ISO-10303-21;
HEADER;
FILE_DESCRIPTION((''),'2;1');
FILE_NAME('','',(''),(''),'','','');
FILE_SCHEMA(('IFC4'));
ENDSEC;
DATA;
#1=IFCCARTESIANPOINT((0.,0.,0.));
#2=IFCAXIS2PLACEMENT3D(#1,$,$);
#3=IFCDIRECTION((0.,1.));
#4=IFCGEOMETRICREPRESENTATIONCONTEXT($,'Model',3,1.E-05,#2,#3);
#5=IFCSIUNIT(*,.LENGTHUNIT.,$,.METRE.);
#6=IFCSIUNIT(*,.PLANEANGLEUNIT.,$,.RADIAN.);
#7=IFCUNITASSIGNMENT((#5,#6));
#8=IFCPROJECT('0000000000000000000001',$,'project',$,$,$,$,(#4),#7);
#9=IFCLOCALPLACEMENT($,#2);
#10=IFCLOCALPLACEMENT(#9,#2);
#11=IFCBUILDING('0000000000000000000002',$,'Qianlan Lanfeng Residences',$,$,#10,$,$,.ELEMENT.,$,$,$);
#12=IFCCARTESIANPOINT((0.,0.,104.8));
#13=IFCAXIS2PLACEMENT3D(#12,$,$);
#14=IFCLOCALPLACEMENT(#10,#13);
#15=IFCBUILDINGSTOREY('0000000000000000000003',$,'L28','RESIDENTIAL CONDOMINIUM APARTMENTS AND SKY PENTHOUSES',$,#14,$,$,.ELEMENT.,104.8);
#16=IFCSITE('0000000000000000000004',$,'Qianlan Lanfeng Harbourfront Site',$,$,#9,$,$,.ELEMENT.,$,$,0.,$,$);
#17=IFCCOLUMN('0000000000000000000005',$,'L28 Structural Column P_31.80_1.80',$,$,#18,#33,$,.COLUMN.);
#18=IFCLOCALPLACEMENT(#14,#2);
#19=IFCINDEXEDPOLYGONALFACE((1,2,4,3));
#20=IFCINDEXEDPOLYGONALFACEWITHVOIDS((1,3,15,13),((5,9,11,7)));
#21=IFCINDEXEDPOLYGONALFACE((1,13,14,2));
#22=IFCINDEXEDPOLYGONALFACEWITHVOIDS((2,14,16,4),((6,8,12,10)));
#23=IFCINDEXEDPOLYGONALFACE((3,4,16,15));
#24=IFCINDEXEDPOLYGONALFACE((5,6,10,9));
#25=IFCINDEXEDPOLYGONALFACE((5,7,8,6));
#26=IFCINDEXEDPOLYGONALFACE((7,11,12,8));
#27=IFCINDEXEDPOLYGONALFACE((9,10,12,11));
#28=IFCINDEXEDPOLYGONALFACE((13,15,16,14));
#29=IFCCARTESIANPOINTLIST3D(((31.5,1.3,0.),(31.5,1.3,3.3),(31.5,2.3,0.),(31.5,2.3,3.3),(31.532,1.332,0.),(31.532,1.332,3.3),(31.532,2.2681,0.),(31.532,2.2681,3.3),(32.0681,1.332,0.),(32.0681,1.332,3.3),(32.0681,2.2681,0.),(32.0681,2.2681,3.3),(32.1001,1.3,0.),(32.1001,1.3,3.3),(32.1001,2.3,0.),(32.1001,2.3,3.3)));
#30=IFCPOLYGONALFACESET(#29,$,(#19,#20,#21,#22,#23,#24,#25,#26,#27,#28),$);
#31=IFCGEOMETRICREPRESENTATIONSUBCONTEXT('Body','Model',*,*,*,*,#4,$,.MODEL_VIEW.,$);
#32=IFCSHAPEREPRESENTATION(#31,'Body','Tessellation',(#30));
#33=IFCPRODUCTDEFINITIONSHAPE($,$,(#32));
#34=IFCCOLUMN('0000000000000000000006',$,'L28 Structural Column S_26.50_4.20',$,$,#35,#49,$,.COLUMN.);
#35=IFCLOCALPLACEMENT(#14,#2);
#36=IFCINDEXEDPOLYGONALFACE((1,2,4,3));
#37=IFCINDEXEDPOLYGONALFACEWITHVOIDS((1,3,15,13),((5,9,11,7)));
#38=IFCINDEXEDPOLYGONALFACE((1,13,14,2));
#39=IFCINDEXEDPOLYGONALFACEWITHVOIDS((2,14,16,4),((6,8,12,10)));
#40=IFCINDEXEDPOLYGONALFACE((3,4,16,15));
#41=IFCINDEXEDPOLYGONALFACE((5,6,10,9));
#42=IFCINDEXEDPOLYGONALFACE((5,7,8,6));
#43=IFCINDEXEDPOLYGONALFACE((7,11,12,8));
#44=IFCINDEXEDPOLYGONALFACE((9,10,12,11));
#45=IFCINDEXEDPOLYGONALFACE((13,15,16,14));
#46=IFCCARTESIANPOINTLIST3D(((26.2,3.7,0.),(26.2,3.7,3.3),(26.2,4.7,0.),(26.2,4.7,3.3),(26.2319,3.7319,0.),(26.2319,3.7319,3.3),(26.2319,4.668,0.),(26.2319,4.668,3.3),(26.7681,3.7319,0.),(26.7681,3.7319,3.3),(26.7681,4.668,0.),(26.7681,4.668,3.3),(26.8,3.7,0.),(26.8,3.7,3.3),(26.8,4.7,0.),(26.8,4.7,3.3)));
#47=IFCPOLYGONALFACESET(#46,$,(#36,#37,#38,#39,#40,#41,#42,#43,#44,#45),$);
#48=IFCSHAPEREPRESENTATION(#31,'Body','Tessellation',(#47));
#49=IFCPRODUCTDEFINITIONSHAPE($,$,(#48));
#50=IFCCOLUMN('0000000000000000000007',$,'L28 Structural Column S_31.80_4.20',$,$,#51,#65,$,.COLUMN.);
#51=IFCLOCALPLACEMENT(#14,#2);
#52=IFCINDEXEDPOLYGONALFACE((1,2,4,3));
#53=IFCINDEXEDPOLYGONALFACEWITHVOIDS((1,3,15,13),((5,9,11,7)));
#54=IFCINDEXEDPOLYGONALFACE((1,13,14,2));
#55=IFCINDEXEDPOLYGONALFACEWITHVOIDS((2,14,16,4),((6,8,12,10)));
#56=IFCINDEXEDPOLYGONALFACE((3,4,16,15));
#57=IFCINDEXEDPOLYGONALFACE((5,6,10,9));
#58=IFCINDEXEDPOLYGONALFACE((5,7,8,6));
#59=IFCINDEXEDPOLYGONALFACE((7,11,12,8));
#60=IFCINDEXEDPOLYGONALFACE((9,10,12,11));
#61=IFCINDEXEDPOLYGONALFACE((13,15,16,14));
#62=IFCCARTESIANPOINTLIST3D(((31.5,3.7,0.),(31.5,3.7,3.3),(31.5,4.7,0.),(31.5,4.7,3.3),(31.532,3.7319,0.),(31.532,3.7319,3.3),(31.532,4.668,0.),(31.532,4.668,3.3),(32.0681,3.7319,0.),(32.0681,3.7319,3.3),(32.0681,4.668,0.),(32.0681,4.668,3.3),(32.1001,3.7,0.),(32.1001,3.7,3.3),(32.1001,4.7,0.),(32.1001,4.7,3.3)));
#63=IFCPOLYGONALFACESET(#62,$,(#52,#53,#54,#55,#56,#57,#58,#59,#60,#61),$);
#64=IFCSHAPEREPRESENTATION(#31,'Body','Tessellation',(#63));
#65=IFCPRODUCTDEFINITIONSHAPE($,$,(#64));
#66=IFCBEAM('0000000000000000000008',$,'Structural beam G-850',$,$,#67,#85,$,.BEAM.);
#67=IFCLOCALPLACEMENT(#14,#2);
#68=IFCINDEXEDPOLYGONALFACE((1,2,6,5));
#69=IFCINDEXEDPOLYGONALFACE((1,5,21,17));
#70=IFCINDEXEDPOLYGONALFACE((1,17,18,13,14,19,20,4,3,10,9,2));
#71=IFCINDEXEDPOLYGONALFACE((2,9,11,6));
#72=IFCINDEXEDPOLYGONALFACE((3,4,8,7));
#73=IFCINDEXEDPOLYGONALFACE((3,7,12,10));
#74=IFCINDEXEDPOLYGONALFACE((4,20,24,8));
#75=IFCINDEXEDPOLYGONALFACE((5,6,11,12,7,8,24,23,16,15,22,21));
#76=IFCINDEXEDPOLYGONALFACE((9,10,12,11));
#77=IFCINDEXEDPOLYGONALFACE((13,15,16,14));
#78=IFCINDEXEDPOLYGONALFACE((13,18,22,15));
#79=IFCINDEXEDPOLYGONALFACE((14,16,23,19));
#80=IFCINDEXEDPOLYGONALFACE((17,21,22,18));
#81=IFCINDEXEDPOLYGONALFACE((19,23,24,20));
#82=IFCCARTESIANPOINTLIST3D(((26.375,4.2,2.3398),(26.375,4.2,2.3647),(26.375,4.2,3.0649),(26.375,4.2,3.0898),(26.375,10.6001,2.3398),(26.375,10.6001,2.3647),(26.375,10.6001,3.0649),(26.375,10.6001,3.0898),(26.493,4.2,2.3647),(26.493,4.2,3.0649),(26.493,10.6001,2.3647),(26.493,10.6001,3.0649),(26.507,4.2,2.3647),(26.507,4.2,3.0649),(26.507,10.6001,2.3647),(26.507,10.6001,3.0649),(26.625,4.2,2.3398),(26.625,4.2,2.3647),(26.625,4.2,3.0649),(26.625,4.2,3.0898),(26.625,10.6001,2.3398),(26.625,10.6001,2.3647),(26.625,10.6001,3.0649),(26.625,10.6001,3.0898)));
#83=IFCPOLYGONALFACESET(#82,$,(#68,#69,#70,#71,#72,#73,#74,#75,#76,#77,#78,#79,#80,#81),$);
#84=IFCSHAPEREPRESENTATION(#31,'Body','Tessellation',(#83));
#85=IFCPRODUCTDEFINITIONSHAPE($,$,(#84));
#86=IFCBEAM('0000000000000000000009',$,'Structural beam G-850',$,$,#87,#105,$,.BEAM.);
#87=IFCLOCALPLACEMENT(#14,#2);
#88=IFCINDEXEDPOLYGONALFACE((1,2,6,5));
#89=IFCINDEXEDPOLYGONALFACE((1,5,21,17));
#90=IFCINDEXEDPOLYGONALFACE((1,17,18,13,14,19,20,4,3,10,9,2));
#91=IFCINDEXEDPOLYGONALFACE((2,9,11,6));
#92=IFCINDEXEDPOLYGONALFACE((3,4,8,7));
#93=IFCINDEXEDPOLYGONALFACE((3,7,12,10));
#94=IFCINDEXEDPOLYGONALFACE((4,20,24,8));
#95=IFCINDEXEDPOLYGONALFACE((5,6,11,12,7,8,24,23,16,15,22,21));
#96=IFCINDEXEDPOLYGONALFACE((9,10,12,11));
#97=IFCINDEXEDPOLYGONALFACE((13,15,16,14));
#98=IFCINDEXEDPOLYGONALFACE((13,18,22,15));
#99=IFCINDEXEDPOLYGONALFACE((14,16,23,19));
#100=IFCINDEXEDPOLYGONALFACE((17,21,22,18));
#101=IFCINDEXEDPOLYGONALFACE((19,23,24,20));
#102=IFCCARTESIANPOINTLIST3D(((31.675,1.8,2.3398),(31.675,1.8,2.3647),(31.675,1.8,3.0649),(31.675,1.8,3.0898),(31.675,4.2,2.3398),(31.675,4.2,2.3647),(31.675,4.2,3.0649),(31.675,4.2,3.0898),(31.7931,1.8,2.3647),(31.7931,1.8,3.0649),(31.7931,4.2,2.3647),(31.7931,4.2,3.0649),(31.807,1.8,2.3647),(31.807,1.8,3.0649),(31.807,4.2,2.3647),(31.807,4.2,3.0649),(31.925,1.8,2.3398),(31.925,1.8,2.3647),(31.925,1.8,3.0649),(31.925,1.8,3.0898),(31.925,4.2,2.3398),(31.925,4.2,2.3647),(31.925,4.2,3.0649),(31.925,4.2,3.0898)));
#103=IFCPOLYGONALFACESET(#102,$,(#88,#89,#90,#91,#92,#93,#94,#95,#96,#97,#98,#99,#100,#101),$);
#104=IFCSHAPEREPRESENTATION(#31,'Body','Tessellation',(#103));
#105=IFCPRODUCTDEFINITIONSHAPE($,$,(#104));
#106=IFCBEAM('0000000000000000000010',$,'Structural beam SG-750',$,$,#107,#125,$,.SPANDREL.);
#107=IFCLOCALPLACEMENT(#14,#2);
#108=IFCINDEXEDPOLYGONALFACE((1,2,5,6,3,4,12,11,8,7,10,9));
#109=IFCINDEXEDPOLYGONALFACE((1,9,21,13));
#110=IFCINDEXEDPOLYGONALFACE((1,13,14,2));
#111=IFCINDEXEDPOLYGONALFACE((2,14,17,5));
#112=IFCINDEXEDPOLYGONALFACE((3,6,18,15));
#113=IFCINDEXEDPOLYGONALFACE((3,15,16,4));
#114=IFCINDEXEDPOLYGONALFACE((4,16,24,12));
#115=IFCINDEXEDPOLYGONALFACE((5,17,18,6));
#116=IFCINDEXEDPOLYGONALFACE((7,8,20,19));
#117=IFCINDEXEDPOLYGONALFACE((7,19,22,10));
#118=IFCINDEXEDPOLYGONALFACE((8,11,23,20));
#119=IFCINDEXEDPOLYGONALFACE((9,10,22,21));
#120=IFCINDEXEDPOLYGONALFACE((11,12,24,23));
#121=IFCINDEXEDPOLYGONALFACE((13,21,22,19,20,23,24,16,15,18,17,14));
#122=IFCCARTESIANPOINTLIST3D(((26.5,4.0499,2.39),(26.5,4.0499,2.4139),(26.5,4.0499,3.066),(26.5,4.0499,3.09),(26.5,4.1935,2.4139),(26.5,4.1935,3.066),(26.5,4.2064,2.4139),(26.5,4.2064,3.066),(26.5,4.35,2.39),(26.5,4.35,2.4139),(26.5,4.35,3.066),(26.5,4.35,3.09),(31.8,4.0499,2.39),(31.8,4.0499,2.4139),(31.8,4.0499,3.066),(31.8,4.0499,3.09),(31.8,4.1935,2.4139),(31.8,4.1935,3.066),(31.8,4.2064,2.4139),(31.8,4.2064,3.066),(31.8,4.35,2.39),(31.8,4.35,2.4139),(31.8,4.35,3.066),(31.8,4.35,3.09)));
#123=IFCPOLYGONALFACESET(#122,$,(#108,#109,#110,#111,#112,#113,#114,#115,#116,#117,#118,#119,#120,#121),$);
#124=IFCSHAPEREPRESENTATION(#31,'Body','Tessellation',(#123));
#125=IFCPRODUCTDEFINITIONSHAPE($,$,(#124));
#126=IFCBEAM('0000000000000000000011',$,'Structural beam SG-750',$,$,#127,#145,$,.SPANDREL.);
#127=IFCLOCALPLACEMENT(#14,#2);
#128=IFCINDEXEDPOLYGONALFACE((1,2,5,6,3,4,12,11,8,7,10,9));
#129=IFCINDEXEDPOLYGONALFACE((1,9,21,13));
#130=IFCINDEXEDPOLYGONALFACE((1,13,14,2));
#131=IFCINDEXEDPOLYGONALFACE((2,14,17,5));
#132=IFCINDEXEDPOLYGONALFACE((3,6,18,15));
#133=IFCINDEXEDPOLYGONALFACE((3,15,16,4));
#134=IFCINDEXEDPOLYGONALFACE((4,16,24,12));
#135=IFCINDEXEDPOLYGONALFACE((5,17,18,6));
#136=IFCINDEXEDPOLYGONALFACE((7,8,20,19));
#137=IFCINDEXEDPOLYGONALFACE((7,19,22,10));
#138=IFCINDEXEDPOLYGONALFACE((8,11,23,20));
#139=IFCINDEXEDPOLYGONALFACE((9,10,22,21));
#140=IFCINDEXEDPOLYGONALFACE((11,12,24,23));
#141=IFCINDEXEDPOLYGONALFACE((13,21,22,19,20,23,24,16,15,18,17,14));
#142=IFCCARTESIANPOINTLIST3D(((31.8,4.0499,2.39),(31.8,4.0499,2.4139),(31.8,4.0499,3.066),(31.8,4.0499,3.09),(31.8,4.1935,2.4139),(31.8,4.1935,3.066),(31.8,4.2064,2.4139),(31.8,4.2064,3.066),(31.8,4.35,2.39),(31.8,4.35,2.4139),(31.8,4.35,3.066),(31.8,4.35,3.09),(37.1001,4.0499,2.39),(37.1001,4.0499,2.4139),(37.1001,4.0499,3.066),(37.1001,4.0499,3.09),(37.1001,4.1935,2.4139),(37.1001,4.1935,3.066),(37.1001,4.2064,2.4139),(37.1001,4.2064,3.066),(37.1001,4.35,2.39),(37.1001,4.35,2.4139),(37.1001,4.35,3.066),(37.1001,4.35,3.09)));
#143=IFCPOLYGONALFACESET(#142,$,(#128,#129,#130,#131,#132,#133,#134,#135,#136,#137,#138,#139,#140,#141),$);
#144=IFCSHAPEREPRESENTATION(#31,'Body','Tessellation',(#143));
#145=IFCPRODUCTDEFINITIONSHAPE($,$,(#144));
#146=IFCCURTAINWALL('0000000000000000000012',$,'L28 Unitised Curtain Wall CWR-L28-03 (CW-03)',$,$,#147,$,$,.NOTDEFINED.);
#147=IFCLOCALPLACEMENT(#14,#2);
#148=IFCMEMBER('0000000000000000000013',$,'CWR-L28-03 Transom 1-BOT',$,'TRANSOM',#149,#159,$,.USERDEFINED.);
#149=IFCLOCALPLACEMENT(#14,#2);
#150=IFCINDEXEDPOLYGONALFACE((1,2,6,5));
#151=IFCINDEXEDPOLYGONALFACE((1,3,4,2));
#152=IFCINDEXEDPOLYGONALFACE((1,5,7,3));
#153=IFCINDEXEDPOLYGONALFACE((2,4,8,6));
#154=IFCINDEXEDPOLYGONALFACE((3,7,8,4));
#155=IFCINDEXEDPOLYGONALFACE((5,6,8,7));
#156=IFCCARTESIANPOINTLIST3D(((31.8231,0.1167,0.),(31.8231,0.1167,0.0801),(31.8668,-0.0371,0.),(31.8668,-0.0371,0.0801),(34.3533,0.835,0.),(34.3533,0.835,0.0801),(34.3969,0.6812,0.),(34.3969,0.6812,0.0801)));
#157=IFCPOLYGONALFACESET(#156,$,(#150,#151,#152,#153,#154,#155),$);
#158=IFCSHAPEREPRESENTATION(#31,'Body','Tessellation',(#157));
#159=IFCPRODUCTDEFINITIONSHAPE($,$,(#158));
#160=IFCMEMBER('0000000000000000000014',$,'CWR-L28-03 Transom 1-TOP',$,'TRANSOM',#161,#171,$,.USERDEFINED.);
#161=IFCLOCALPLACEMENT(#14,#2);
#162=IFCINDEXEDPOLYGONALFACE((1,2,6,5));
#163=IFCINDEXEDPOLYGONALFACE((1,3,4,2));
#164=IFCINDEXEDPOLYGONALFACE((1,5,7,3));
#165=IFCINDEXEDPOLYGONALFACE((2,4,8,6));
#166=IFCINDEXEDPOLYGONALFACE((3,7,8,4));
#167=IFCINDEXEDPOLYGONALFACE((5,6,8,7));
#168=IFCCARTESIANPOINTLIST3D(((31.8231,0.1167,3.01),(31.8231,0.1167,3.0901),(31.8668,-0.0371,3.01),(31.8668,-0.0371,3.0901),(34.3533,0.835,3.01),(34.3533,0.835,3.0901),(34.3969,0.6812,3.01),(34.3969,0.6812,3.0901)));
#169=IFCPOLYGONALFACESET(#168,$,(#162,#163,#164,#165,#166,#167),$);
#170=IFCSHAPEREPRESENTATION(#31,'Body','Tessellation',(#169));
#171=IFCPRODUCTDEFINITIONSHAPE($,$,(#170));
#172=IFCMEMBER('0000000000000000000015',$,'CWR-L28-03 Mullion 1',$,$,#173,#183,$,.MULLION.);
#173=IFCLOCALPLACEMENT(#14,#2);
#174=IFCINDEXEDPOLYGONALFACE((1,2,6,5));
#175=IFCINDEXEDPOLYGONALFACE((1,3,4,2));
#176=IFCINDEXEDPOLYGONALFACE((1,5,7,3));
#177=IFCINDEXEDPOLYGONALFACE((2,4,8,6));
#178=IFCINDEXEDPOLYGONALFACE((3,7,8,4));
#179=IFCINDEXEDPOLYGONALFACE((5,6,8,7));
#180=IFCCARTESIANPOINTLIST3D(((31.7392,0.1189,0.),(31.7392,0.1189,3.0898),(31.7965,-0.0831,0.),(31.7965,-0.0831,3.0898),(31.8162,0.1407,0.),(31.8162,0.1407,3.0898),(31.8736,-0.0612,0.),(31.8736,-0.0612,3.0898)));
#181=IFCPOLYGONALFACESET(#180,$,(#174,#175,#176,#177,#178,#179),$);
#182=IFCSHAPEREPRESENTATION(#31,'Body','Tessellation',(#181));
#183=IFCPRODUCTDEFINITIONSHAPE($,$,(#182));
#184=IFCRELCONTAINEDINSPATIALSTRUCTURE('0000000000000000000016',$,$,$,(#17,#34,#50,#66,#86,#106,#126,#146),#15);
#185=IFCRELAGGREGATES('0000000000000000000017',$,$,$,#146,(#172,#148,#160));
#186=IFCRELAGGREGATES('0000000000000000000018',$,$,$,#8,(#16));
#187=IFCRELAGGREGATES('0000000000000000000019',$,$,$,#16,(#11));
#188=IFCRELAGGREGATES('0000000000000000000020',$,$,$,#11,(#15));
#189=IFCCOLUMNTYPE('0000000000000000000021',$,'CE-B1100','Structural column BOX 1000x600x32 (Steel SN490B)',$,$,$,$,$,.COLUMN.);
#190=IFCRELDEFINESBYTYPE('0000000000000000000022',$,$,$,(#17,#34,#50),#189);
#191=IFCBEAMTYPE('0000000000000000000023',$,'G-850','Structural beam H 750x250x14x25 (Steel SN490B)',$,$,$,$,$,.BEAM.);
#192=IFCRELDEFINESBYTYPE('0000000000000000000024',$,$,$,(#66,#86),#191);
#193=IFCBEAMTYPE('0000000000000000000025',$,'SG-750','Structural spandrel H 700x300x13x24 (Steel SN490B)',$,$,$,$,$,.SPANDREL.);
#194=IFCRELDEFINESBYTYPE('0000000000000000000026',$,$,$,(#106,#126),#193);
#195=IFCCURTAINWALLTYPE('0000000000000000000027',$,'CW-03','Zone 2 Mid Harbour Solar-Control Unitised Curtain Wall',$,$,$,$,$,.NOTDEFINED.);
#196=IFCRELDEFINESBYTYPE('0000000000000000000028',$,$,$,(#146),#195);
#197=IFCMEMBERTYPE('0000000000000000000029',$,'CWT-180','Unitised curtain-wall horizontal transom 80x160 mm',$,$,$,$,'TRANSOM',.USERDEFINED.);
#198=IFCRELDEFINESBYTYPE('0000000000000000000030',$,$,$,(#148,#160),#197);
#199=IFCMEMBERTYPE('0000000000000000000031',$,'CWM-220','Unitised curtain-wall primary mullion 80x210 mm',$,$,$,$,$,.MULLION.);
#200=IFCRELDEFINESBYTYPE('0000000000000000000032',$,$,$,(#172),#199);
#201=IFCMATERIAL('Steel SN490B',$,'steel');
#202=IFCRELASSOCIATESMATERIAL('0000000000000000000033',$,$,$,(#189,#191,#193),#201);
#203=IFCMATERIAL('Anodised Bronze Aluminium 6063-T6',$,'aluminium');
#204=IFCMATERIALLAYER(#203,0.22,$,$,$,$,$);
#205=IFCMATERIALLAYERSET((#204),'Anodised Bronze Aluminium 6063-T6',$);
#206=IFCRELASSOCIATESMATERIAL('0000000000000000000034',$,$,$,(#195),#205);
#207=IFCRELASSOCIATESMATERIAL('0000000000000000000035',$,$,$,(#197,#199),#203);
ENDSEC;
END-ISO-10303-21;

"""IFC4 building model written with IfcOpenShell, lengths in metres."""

from ifc_helpers import new_model, si_unit, direction, frame, origin, origin_2d, place, context, subcontext, project, spatial, rectangle, hollow_rectangle, i_section, extrude, source, transform, mapped, material, layer, layer_set, material_profile, profile_set, type_object, element, aggregate, save


model = new_model("IFC4")

# Units and contexts
model_context = context("Model", 3, precision=1e-05, world=origin(), true_north=direction((0.0, 1.0)))
body_context = subcontext(model_context, "Body", "Model", "MODEL_VIEW")
ifc_project = project(units=[si_unit("LENGTHUNIT", "METRE"), si_unit("PLANEANGLEUNIT", "RADIAN")], contexts=[model_context])

# Site, building, storey
site_placement = place(None, origin())
site = spatial("IfcSite", under=ifc_project, at=site_placement, Name="Qianlan Lanfeng Harbourfront Site", CompositionType="ELEMENT", RefElevation=0.0)
building_placement = place(site_placement, origin())
building = spatial("IfcBuilding", under=site, at=building_placement, Name="Qianlan Lanfeng Residences", CompositionType="ELEMENT")
storey_placement = place(building_placement, frame((0.0, 0.0, 104.8)))
storey = spatial("IfcBuildingStorey", under=building, at=storey_placement, Name="L28", Description="RESIDENTIAL CONDOMINIUM APARTMENTS AND SKY PENTHOUSES", CompositionType="ELEMENT", Elevation=104.8)

# Columns
ifc_material_1 = material(Name="Steel SN490B", Category="steel")
ifc_material_profile_1 = material_profile(ifc_material_1, hollow_rectangle(XDim=0.6001, YDim=1.0, WallThickness=0.032, at=origin_2d()), Name="BOX 1000x600x32")
ifc_profile_set_1 = profile_set([ifc_material_profile_1], Name="Steel SN490B")
column_type = type_object("IfcColumnType", Name="CE-B1100", Description="Structural column BOX 1000x600x32 (Steel SN490B)", PredefinedType="COLUMN", material=ifc_profile_set_1)
for number, where, z_axis, x_axis, name in (
    (1, (31.8, 1.8, 0.0), (0.0, 0.0, 1.0), (1.0, 0.0, 0.0), "L28 Structural Column P_31.80_1.80"),
    (2, (26.5, 4.2, 0.0), (0.0, 0.0, 1.0), (1.0, 0.0, 0.0), "L28 Structural Column S_26.50_4.20"),
    (3, (31.8, 4.2, 0.0), (0.0, 0.0, 1.0), (1.0, 0.0, 0.0), "L28 Structural Column S_31.80_4.20"),
):
    element("IfcColumn", number, at=place(storey_placement, frame(where, z_axis=z_axis, x_axis=x_axis)), inside=storey, type_object=column_type, Name=name, PredefinedType="COLUMN", context=body_context, shape_type="SweptSolid", body=[
        extrude(hollow_rectangle(XDim=0.6001, YDim=1.0, WallThickness=0.032, at=origin_2d()), origin(), (0.0, 0.0, 1.0), 3.3),
    ])

# Beams
ifc_material_profile_2 = material_profile(ifc_material_1, i_section(OverallWidth=0.25, OverallDepth=0.75, WebThickness=0.0139, FlangeThickness=0.0249, at=origin_2d()), Name="H 750x250x14x25")
ifc_profile_set_2 = profile_set([ifc_material_profile_2], Name="Steel SN490B")
beam_type_1 = type_object("IfcBeamType", Name="G-850", Description="Structural beam H 750x250x14x25 (Steel SN490B)", PredefinedType="BEAM", material=ifc_profile_set_2)
beam_1_placement = place(storey_placement, frame((26.5, 4.2, 2.7148), z_axis=(0.0, 1.0, 0.0), x_axis=(-1.0, 0.0, 0.0)))
element("IfcBeam", 4, at=beam_1_placement, inside=storey, type_object=beam_type_1, Name="Structural beam G-850", PredefinedType="BEAM", context=body_context, shape_type="SweptSolid", body=[
    extrude(i_section(OverallWidth=0.25, OverallDepth=0.75, WebThickness=0.0139, FlangeThickness=0.0249, at=origin_2d()), origin(), (0.0, 0.0, 1.0), 6.4001),
])
beam_2_placement = place(storey_placement, frame((31.8, 1.8, 2.7148), z_axis=(0.0, 1.0, 0.0), x_axis=(-1.0, 0.0, 0.0)))
element("IfcBeam", 5, at=beam_2_placement, inside=storey, type_object=beam_type_1, Name="Structural beam G-850", PredefinedType="BEAM", context=body_context, shape_type="SweptSolid", body=[
    extrude(i_section(OverallWidth=0.25, OverallDepth=0.75, WebThickness=0.0139, FlangeThickness=0.0249, at=origin_2d()), origin(), (0.0, 0.0, 1.0), 2.3999),
])
ifc_material_profile_3 = material_profile(ifc_material_1, i_section(OverallWidth=0.3, OverallDepth=0.7, WebThickness=0.0129, FlangeThickness=0.0239, at=origin_2d()), Name="H 700x300x13x24")
ifc_profile_set_3 = profile_set([ifc_material_profile_3], Name="Steel SN490B")
beam_type_2 = type_object("IfcBeamType", Name="SG-750", Description="Structural spandrel H 700x300x13x24 (Steel SN490B)", PredefinedType="SPANDREL", material=ifc_profile_set_3)
for number, where, z_axis, x_axis, name in (
    (6, (26.5, 4.2, 2.74), (1.0, 0.0, 0.0), (0.0, 1.0, 0.0), "Structural beam SG-750"),
    (7, (31.8, 4.2, 2.74), (1.0, 0.0, 0.0), (0.0, 1.0, 0.0), "Structural beam SG-750"),
):
    element("IfcBeam", number, at=place(storey_placement, frame(where, z_axis=z_axis, x_axis=x_axis)), inside=storey, type_object=beam_type_2, Name=name, PredefinedType="SPANDREL", context=body_context, shape_type="SweptSolid", body=[
        extrude(i_section(OverallWidth=0.3, OverallDepth=0.7, WebThickness=0.0129, FlangeThickness=0.0239, at=origin_2d()), origin(), (0.0, 0.0, 1.0), 5.3),
    ])

# Curtain wall, members
ifc_material_2 = material(Name="Anodised Bronze Aluminium 6063-T6", Category="aluminium")
ifc_layer_1 = layer(ifc_material_2, 0.22)
ifc_layer_set_1 = layer_set([ifc_layer_1], Name="Anodised Bronze Aluminium 6063-T6")
curtain_wall_type = type_object("IfcCurtainWallType", Name="CW-03", Description="Zone 2 Mid Harbour Solar-Control Unitised Curtain Wall", PredefinedType="NOTDEFINED", material=ifc_layer_set_1)
curtain_wall_placement = place(storey_placement, origin())
curtain_wall = element("IfcCurtainWall", 8, at=curtain_wall_placement, inside=storey, type_object=curtain_wall_type, Name="L28 Unitised Curtain Wall CWR-L28-03 (CW-03)", PredefinedType="NOTDEFINED")
ifc_material_profile_4 = material_profile(ifc_material_2, rectangle(XDim=0.0801, YDim=0.1599, at=origin_2d()), Name="ALU TRANSOM 80x160")
ifc_profile_set_4 = profile_set([ifc_material_profile_4], Name="Anodised Bronze Aluminium 6063-T6")
member_type_1 = type_object("IfcMemberType", Name="CWT-180", Description="Unitised curtain-wall horizontal transom 80x160 mm", ElementType="TRANSOM", PredefinedType="USERDEFINED", material=ifc_profile_set_4)
shared_shape_1 = source(origin(), body_context, "Body", "SweptSolid", [
    extrude(rectangle(XDim=0.0801, YDim=0.1599, at=origin_2d()), origin(), (0.0, 0.0, 1.0), 2.6301),
])
member_1_placement = place(storey_placement, frame((31.845, 0.0398, 0.04), z_axis=(0.961985, 0.273102, 0.0), x_axis=(0.0, 0.0, 1.0)))
member_1 = element("IfcMember", 9, at=member_1_placement, type_object=member_type_1, Name="CWR-L28-03 Transom 1-BOT", ObjectType="TRANSOM", PredefinedType="USERDEFINED", context=body_context, shape_type="MappedRepresentation", body=[
    mapped(shared_shape_1, transform((0.0, 0.0, 0.0), scale=1.0)),
])
member_2_placement = place(storey_placement, frame((31.845, 0.0398, 3.05), z_axis=(0.961985, 0.273102, 0.0), x_axis=(0.0, 0.0, 1.0)))
member_2 = element("IfcMember", 10, at=member_2_placement, type_object=member_type_1, Name="CWR-L28-03 Transom 1-TOP", ObjectType="TRANSOM", PredefinedType="USERDEFINED", context=body_context, shape_type="MappedRepresentation", body=[
    mapped(shared_shape_1, transform((0.0, 0.0, 0.0), scale=1.0)),
])
ifc_material_profile_5 = material_profile(ifc_material_2, rectangle(XDim=0.0801, YDim=0.21, at=origin_2d()), Name="ALU MULLION 80x210")
ifc_profile_set_5 = profile_set([ifc_material_profile_5], Name="Anodised Bronze Aluminium 6063-T6")
member_type_2 = type_object("IfcMemberType", Name="CWM-220", Description="Unitised curtain-wall primary mullion 80x210 mm", PredefinedType="MULLION", material=ifc_profile_set_5)
shared_shape_2 = source(origin(), body_context, "Body", "SweptSolid", [
    extrude(rectangle(XDim=0.0801, YDim=0.21, at=origin_2d()), origin(), (0.0, 0.0, 1.0), 3.0898),
])
member_3_placement = place(storey_placement, frame((31.8064, 0.0288, 0.0), z_axis=(0.0, 0.0, 1.0), x_axis=(0.961989, 0.273088, 0.0)))
member_3 = element("IfcMember", 11, at=member_3_placement, type_object=member_type_2, Name="CWR-L28-03 Mullion 1", PredefinedType="MULLION", context=body_context, shape_type="MappedRepresentation", body=[
    mapped(shared_shape_2, transform((0.0, 0.0, 0.0), scale=1.0)),
])
aggregate(curtain_wall, [member_3, member_1, member_2])

save(model, "model.ifc")
